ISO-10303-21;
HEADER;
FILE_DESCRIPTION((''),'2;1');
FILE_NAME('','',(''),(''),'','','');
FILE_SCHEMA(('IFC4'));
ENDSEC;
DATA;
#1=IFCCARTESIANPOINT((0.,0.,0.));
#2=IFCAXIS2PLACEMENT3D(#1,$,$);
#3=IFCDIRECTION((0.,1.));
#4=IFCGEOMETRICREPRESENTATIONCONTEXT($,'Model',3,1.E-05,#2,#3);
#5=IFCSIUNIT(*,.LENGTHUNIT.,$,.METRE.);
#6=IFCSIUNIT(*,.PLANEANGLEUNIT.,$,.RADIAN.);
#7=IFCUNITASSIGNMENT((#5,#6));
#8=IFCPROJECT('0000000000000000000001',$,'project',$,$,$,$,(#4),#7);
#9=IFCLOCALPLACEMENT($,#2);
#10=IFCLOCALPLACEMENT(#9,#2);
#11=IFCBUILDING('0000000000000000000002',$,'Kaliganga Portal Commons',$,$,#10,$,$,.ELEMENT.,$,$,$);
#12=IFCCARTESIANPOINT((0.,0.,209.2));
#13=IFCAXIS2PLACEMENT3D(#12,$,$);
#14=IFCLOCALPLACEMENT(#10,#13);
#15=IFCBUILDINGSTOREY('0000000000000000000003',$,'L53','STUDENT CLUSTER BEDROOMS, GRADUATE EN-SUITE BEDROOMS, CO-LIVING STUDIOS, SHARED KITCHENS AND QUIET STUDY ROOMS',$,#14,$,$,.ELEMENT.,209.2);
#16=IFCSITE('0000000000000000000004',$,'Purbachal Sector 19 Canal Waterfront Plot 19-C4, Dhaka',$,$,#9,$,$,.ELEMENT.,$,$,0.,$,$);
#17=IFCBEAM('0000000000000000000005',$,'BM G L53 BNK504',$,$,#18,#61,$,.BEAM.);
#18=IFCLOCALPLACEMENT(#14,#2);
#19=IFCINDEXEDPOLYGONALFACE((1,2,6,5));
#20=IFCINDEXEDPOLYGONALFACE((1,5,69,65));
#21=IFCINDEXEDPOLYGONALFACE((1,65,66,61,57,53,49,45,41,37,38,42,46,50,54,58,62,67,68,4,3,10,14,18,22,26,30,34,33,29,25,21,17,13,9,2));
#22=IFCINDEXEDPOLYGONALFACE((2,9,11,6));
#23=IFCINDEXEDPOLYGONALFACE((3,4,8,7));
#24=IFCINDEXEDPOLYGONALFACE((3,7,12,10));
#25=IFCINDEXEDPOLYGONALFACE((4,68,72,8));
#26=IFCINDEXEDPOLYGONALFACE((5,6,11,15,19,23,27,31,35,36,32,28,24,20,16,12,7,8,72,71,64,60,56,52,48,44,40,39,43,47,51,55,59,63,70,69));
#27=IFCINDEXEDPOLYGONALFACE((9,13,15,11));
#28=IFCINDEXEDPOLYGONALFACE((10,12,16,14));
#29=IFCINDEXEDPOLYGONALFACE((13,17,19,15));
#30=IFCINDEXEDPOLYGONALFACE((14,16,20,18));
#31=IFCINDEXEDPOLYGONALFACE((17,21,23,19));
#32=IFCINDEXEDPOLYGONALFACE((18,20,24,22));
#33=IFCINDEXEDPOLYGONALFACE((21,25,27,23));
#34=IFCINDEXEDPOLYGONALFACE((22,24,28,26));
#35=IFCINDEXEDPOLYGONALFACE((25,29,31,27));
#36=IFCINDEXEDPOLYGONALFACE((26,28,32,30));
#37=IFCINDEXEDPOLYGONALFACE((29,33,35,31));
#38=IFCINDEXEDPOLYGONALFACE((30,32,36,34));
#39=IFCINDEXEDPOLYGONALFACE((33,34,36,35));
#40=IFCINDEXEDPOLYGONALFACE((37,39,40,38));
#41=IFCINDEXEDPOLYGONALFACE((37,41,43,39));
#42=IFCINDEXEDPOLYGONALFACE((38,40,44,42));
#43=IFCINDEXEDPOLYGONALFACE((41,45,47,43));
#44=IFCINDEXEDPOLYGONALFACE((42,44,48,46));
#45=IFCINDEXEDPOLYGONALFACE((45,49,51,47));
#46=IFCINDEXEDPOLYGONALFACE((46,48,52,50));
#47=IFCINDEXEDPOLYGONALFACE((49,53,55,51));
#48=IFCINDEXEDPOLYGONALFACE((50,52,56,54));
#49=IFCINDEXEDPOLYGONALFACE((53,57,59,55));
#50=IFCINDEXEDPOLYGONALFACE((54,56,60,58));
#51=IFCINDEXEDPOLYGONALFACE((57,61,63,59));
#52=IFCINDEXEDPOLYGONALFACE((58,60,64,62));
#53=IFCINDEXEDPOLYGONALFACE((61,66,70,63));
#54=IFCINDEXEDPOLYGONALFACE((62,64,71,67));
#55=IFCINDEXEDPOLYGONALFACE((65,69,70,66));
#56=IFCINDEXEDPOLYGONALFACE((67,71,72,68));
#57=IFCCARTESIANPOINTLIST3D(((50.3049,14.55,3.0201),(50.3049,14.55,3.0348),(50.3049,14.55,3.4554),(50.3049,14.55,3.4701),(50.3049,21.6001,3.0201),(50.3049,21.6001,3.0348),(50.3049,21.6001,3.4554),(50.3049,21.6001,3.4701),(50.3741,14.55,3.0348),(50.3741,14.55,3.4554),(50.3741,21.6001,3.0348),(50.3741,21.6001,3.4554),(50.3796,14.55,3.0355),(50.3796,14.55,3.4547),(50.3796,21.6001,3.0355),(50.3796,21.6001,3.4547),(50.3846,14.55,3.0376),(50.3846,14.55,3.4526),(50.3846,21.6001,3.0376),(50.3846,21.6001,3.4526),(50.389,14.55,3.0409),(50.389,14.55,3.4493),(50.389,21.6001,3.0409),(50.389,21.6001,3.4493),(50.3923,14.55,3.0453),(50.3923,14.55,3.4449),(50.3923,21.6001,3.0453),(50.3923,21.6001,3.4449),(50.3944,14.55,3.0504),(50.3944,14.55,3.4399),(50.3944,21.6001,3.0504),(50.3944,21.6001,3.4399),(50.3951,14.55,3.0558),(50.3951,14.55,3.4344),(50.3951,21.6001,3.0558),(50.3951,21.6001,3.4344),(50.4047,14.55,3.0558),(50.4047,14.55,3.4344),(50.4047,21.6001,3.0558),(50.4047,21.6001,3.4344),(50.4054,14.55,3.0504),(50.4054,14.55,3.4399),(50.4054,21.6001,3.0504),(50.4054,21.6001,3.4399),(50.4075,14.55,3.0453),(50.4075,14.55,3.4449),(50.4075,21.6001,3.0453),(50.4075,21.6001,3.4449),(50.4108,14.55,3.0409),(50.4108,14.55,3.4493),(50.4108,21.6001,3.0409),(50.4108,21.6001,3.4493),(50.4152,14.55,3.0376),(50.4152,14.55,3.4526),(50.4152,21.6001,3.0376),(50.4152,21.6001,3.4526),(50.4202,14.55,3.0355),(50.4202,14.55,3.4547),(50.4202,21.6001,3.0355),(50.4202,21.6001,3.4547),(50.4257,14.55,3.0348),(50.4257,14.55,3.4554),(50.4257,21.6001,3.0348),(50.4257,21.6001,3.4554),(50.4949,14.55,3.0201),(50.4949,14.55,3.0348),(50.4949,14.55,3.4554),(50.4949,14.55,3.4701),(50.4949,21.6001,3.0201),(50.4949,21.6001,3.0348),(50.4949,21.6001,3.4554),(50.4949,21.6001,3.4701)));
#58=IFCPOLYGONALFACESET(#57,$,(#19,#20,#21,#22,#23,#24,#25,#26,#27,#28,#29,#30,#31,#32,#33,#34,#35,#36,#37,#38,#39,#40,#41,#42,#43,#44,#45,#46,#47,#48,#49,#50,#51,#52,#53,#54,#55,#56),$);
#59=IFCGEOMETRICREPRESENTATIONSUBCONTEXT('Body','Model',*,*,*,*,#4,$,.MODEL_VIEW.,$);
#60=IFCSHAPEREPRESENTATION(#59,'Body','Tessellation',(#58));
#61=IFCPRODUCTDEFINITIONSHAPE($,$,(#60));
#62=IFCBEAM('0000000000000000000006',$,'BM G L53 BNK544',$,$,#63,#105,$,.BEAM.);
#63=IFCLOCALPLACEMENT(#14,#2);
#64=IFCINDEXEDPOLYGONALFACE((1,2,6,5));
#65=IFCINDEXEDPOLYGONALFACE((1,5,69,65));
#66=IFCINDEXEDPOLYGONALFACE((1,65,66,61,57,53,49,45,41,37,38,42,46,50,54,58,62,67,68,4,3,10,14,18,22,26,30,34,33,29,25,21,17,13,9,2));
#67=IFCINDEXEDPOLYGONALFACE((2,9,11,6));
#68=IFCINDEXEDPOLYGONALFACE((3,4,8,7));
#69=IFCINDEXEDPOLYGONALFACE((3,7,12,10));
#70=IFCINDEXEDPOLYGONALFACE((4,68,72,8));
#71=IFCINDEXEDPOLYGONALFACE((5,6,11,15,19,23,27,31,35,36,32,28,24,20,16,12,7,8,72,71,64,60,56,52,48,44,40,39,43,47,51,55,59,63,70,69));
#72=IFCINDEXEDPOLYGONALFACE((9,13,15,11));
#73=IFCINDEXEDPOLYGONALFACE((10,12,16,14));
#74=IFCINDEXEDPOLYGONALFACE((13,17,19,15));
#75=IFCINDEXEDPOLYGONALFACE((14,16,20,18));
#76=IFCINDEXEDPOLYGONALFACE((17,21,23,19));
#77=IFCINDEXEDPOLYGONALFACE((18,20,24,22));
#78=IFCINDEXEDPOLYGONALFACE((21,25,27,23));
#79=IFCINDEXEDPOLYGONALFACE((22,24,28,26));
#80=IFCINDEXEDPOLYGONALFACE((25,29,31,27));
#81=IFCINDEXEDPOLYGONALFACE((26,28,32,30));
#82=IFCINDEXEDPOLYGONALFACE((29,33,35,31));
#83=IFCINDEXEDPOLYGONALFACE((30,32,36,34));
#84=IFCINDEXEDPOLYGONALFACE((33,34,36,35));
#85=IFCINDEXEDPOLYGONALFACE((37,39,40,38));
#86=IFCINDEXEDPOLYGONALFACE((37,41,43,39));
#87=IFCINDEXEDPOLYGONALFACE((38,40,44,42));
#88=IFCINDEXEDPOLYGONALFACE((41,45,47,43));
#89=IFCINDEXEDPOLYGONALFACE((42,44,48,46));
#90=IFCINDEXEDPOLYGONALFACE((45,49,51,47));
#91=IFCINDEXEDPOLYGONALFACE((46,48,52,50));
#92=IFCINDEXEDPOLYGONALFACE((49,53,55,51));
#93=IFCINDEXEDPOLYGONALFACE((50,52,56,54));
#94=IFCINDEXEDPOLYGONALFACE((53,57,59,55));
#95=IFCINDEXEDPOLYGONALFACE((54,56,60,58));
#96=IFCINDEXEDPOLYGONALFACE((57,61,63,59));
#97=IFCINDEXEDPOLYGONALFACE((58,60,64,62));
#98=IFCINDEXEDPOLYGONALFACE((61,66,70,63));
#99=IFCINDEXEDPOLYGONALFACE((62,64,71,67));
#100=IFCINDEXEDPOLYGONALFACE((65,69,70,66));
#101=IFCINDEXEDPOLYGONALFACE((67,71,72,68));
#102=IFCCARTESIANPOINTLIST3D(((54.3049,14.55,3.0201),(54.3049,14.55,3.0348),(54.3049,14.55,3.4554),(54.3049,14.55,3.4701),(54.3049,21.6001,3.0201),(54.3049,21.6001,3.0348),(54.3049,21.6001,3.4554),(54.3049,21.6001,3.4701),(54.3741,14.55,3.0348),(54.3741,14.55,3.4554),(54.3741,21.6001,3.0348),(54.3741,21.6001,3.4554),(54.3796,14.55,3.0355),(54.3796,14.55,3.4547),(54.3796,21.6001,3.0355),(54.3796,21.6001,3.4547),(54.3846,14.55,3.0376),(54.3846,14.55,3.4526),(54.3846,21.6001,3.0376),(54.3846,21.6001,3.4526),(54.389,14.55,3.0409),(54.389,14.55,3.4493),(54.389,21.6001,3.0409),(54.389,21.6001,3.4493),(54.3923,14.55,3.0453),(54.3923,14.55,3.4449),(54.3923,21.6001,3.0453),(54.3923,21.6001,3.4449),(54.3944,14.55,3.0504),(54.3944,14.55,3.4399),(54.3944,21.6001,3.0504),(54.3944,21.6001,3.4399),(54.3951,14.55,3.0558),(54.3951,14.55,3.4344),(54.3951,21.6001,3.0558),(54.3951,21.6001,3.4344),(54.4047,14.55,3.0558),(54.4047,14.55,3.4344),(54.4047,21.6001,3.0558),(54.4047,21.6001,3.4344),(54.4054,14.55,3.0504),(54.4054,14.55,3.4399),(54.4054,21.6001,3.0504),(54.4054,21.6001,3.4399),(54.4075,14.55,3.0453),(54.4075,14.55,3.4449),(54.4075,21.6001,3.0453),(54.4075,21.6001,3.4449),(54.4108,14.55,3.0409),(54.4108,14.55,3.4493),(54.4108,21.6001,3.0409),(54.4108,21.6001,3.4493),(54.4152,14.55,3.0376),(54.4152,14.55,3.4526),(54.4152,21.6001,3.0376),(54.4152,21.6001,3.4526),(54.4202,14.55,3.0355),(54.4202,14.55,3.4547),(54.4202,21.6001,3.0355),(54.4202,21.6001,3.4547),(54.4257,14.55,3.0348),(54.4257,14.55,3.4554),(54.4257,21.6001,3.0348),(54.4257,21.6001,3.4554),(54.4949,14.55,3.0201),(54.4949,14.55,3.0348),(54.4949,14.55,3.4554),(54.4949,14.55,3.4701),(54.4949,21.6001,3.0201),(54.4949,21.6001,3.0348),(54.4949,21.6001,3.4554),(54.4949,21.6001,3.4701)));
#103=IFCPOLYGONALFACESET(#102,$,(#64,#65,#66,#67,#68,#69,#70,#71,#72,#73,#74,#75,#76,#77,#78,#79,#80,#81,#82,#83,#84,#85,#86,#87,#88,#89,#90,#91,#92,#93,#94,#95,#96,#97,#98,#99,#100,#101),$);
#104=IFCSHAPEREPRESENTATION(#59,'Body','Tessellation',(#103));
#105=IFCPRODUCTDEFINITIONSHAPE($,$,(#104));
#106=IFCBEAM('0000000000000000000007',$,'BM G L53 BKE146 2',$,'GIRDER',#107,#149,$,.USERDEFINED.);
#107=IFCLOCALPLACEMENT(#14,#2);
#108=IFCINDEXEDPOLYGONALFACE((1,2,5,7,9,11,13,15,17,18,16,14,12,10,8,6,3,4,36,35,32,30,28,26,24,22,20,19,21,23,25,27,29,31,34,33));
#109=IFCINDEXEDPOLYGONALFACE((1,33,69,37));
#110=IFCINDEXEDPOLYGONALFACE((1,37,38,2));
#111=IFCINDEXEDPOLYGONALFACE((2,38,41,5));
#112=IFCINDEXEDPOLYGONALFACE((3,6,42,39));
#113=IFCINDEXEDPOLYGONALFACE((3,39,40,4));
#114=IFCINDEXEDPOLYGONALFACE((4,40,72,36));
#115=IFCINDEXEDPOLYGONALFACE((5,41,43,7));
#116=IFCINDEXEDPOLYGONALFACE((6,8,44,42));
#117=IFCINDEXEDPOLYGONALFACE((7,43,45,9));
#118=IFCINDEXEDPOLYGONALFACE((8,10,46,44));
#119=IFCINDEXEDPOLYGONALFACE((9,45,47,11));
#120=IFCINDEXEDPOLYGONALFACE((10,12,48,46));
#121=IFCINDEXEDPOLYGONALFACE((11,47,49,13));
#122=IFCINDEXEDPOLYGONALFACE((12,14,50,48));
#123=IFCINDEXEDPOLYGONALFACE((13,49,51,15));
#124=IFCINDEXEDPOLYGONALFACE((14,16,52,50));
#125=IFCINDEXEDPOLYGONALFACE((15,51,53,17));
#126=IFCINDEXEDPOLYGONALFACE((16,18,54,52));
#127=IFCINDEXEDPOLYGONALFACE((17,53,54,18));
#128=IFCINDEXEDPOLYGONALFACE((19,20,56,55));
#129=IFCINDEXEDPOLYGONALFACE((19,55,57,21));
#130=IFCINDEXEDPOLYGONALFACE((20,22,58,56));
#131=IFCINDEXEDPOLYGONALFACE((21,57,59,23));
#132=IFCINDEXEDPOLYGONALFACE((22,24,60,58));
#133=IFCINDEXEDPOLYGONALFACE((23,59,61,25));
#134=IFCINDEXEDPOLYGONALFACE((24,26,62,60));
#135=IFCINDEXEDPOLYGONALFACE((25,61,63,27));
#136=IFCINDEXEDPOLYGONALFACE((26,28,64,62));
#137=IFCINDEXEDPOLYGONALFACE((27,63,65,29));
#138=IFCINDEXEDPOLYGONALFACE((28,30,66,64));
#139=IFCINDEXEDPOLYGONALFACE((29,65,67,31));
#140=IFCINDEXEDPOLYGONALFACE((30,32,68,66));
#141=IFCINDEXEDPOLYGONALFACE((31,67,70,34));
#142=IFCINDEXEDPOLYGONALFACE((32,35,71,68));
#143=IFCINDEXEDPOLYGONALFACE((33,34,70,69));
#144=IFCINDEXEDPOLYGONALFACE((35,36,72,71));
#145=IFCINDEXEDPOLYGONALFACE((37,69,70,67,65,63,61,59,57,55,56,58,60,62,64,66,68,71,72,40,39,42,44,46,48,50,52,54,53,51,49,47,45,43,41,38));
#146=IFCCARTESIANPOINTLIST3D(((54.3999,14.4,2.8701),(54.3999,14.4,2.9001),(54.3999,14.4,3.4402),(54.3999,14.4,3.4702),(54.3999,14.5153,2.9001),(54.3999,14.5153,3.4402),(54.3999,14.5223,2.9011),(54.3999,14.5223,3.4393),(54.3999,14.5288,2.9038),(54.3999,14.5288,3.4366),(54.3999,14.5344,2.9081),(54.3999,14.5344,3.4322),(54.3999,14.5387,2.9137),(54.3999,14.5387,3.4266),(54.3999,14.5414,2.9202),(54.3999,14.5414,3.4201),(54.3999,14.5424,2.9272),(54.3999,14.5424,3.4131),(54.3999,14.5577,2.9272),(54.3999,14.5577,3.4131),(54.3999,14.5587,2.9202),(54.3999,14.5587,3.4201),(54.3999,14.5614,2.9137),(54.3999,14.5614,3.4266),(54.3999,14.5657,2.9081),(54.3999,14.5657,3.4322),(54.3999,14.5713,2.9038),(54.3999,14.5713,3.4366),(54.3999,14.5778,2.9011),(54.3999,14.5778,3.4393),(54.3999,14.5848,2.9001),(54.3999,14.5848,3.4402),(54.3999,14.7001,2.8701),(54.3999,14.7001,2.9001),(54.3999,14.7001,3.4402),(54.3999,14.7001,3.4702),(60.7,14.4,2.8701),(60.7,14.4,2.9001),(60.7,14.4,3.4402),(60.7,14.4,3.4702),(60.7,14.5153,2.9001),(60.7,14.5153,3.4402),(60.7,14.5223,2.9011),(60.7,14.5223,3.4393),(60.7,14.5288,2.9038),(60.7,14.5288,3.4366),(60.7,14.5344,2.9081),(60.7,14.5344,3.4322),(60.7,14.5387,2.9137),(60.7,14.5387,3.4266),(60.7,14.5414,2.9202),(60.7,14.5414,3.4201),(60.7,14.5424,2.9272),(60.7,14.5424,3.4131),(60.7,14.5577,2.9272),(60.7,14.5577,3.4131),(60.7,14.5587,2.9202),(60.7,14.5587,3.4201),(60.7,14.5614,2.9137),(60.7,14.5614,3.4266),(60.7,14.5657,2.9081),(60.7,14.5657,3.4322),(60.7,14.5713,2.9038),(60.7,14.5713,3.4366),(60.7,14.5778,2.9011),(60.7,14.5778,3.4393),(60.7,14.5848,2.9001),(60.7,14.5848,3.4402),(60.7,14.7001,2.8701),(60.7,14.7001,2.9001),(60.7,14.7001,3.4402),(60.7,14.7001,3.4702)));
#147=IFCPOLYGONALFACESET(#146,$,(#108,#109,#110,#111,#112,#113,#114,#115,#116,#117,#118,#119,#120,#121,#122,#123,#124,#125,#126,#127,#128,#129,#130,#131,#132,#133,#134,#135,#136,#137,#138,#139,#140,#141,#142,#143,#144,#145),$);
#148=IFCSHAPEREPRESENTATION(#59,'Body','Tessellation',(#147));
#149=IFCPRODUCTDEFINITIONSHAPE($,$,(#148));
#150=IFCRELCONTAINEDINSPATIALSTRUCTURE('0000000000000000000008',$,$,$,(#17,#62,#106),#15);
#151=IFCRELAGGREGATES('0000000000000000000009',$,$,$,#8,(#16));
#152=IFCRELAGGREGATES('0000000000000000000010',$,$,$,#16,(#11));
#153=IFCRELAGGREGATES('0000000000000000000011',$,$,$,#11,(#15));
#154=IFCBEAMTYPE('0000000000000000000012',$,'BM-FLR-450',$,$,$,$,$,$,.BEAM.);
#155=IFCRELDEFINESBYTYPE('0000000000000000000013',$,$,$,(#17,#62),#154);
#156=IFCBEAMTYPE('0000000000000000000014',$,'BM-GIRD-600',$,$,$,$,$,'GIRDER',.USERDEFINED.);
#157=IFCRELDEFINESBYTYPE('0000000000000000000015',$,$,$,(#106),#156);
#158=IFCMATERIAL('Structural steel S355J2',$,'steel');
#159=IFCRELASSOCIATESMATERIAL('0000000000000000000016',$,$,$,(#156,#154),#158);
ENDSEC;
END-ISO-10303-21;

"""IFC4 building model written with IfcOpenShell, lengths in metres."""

from ifc_helpers import new_model, si_unit, direction, frame, origin, origin_2d, place, context, subcontext, project, spatial, i_section, extrude, source, transform, mapped, material, material_profile, profile_set, type_object, element, save


model = new_model("IFC4")

# Units and contexts
model_context = context("Model", 3, precision=1e-05, world=origin(), true_north=direction((0.0, 1.0)))
body_context = subcontext(model_context, "Body", "Model", "MODEL_VIEW")
ifc_project = project(units=[si_unit("LENGTHUNIT", "METRE"), si_unit("PLANEANGLEUNIT", "RADIAN")], contexts=[model_context])

# Site, building, storey
site_placement = place(None, origin())
site = spatial("IfcSite", under=ifc_project, at=site_placement, Name="Purbachal Sector 19 Canal Waterfront Plot 19-C4, Dhaka", CompositionType="ELEMENT", RefElevation=0.0)
building_placement = place(site_placement, origin())
building = spatial("IfcBuilding", under=site, at=building_placement, Name="Kaliganga Portal Commons", CompositionType="ELEMENT")
storey_placement = place(building_placement, frame((0.0, 0.0, 209.2)))
storey = spatial("IfcBuildingStorey", under=building, at=storey_placement, Name="L53", Description="STUDENT CLUSTER BEDROOMS, GRADUATE EN-SUITE BEDROOMS, CO-LIVING STUDIOS, SHARED KITCHENS AND QUIET STUDY ROOMS", CompositionType="ELEMENT", Elevation=209.2)

# Shared definitions
ifc_material_1 = material(Name="Structural steel S355J2", Category="steel")

# Beams
ifc_material_profile_1 = material_profile(ifc_material_1, i_section(OverallWidth=0.3, OverallDepth=0.6001, WebThickness=0.0154, FlangeThickness=0.03, FilletRadius=0.0271, at=origin_2d()), Name="HE 600 B")
ifc_profile_set_1 = profile_set([ifc_material_profile_1], Name="Structural steel S355J2 wide-flange")
beam_type_1 = type_object("IfcBeamType", Name="BM-GIRD-600", ElementType="GIRDER", PredefinedType="USERDEFINED", material=ifc_profile_set_1)
ifc_material_profile_2 = material_profile(ifc_material_1, i_section(OverallWidth=0.1899, OverallDepth=0.45, WebThickness=0.0095, FlangeThickness=0.0146, FilletRadius=0.021, at=origin_2d()), Name="IPE 450")
ifc_profile_set_2 = profile_set([ifc_material_profile_2], Name="Structural steel S355J2 wide-flange")
beam_type_2 = type_object("IfcBeamType", Name="BM-FLR-450", PredefinedType="BEAM", material=ifc_profile_set_2)
shared_shape_1 = source(origin(), body_context, "Body", "SweptSolid", [
    extrude(i_section(OverallWidth=0.1899, OverallDepth=0.45, WebThickness=0.0095, FlangeThickness=0.0146, FilletRadius=0.021, at=origin_2d()), origin(), (0.0, 0.0, 1.0), 7.05),
])
for number, where, z_axis, x_axis, name in (
    (1, (50.3999, 14.55, 3.2451), (0.0, 1.0, 0.0), (-1.0, 0.0, 0.0), "BM G L53 BNK504"),
    (2, (54.3999, 14.55, 3.2451), (0.0, 1.0, 0.0), (-1.0, 0.0, 0.0), "BM G L53 BNK544"),
):
    element("IfcBeam", number, at=place(storey_placement, frame(where, z_axis=z_axis, x_axis=x_axis)), inside=storey, type_object=beam_type_2, Name=name, PredefinedType="BEAM", context=body_context, shape_type="MappedRepresentation", body=[
        mapped(shared_shape_1, transform((0.0, 0.0, 0.0), x_axis=(1.0, 0.0, 0.0), y_axis=(0.0, 1.0, 0.0), z_axis=(0.0, 0.0, 1.0), scale=1.0)),
    ])
shared_shape_2 = source(origin(), body_context, "Body", "SweptSolid", [
    extrude(i_section(OverallWidth=0.3, OverallDepth=0.6001, WebThickness=0.0154, FlangeThickness=0.03, FilletRadius=0.0271, at=origin_2d()), origin(), (0.0, 0.0, 1.0), 6.3),
])
beam_1_placement = place(storey_placement, frame((54.3999, 14.55, 3.1702), z_axis=(1.0, 0.0, 0.0), x_axis=(0.0, 1.0, 0.0)))
element("IfcBeam", 3, at=beam_1_placement, inside=storey, type_object=beam_type_1, Name="BM G L53 BKE146 2", ObjectType="GIRDER", PredefinedType="USERDEFINED", context=body_context, shape_type="MappedRepresentation", body=[
    mapped(shared_shape_2, transform((0.0, 0.0, 0.0), x_axis=(1.0, 0.0, 0.0), y_axis=(0.0, 1.0, 0.0), z_axis=(0.0, 0.0, 1.0), scale=1.0)),
])

save(model, "model.ifc")
